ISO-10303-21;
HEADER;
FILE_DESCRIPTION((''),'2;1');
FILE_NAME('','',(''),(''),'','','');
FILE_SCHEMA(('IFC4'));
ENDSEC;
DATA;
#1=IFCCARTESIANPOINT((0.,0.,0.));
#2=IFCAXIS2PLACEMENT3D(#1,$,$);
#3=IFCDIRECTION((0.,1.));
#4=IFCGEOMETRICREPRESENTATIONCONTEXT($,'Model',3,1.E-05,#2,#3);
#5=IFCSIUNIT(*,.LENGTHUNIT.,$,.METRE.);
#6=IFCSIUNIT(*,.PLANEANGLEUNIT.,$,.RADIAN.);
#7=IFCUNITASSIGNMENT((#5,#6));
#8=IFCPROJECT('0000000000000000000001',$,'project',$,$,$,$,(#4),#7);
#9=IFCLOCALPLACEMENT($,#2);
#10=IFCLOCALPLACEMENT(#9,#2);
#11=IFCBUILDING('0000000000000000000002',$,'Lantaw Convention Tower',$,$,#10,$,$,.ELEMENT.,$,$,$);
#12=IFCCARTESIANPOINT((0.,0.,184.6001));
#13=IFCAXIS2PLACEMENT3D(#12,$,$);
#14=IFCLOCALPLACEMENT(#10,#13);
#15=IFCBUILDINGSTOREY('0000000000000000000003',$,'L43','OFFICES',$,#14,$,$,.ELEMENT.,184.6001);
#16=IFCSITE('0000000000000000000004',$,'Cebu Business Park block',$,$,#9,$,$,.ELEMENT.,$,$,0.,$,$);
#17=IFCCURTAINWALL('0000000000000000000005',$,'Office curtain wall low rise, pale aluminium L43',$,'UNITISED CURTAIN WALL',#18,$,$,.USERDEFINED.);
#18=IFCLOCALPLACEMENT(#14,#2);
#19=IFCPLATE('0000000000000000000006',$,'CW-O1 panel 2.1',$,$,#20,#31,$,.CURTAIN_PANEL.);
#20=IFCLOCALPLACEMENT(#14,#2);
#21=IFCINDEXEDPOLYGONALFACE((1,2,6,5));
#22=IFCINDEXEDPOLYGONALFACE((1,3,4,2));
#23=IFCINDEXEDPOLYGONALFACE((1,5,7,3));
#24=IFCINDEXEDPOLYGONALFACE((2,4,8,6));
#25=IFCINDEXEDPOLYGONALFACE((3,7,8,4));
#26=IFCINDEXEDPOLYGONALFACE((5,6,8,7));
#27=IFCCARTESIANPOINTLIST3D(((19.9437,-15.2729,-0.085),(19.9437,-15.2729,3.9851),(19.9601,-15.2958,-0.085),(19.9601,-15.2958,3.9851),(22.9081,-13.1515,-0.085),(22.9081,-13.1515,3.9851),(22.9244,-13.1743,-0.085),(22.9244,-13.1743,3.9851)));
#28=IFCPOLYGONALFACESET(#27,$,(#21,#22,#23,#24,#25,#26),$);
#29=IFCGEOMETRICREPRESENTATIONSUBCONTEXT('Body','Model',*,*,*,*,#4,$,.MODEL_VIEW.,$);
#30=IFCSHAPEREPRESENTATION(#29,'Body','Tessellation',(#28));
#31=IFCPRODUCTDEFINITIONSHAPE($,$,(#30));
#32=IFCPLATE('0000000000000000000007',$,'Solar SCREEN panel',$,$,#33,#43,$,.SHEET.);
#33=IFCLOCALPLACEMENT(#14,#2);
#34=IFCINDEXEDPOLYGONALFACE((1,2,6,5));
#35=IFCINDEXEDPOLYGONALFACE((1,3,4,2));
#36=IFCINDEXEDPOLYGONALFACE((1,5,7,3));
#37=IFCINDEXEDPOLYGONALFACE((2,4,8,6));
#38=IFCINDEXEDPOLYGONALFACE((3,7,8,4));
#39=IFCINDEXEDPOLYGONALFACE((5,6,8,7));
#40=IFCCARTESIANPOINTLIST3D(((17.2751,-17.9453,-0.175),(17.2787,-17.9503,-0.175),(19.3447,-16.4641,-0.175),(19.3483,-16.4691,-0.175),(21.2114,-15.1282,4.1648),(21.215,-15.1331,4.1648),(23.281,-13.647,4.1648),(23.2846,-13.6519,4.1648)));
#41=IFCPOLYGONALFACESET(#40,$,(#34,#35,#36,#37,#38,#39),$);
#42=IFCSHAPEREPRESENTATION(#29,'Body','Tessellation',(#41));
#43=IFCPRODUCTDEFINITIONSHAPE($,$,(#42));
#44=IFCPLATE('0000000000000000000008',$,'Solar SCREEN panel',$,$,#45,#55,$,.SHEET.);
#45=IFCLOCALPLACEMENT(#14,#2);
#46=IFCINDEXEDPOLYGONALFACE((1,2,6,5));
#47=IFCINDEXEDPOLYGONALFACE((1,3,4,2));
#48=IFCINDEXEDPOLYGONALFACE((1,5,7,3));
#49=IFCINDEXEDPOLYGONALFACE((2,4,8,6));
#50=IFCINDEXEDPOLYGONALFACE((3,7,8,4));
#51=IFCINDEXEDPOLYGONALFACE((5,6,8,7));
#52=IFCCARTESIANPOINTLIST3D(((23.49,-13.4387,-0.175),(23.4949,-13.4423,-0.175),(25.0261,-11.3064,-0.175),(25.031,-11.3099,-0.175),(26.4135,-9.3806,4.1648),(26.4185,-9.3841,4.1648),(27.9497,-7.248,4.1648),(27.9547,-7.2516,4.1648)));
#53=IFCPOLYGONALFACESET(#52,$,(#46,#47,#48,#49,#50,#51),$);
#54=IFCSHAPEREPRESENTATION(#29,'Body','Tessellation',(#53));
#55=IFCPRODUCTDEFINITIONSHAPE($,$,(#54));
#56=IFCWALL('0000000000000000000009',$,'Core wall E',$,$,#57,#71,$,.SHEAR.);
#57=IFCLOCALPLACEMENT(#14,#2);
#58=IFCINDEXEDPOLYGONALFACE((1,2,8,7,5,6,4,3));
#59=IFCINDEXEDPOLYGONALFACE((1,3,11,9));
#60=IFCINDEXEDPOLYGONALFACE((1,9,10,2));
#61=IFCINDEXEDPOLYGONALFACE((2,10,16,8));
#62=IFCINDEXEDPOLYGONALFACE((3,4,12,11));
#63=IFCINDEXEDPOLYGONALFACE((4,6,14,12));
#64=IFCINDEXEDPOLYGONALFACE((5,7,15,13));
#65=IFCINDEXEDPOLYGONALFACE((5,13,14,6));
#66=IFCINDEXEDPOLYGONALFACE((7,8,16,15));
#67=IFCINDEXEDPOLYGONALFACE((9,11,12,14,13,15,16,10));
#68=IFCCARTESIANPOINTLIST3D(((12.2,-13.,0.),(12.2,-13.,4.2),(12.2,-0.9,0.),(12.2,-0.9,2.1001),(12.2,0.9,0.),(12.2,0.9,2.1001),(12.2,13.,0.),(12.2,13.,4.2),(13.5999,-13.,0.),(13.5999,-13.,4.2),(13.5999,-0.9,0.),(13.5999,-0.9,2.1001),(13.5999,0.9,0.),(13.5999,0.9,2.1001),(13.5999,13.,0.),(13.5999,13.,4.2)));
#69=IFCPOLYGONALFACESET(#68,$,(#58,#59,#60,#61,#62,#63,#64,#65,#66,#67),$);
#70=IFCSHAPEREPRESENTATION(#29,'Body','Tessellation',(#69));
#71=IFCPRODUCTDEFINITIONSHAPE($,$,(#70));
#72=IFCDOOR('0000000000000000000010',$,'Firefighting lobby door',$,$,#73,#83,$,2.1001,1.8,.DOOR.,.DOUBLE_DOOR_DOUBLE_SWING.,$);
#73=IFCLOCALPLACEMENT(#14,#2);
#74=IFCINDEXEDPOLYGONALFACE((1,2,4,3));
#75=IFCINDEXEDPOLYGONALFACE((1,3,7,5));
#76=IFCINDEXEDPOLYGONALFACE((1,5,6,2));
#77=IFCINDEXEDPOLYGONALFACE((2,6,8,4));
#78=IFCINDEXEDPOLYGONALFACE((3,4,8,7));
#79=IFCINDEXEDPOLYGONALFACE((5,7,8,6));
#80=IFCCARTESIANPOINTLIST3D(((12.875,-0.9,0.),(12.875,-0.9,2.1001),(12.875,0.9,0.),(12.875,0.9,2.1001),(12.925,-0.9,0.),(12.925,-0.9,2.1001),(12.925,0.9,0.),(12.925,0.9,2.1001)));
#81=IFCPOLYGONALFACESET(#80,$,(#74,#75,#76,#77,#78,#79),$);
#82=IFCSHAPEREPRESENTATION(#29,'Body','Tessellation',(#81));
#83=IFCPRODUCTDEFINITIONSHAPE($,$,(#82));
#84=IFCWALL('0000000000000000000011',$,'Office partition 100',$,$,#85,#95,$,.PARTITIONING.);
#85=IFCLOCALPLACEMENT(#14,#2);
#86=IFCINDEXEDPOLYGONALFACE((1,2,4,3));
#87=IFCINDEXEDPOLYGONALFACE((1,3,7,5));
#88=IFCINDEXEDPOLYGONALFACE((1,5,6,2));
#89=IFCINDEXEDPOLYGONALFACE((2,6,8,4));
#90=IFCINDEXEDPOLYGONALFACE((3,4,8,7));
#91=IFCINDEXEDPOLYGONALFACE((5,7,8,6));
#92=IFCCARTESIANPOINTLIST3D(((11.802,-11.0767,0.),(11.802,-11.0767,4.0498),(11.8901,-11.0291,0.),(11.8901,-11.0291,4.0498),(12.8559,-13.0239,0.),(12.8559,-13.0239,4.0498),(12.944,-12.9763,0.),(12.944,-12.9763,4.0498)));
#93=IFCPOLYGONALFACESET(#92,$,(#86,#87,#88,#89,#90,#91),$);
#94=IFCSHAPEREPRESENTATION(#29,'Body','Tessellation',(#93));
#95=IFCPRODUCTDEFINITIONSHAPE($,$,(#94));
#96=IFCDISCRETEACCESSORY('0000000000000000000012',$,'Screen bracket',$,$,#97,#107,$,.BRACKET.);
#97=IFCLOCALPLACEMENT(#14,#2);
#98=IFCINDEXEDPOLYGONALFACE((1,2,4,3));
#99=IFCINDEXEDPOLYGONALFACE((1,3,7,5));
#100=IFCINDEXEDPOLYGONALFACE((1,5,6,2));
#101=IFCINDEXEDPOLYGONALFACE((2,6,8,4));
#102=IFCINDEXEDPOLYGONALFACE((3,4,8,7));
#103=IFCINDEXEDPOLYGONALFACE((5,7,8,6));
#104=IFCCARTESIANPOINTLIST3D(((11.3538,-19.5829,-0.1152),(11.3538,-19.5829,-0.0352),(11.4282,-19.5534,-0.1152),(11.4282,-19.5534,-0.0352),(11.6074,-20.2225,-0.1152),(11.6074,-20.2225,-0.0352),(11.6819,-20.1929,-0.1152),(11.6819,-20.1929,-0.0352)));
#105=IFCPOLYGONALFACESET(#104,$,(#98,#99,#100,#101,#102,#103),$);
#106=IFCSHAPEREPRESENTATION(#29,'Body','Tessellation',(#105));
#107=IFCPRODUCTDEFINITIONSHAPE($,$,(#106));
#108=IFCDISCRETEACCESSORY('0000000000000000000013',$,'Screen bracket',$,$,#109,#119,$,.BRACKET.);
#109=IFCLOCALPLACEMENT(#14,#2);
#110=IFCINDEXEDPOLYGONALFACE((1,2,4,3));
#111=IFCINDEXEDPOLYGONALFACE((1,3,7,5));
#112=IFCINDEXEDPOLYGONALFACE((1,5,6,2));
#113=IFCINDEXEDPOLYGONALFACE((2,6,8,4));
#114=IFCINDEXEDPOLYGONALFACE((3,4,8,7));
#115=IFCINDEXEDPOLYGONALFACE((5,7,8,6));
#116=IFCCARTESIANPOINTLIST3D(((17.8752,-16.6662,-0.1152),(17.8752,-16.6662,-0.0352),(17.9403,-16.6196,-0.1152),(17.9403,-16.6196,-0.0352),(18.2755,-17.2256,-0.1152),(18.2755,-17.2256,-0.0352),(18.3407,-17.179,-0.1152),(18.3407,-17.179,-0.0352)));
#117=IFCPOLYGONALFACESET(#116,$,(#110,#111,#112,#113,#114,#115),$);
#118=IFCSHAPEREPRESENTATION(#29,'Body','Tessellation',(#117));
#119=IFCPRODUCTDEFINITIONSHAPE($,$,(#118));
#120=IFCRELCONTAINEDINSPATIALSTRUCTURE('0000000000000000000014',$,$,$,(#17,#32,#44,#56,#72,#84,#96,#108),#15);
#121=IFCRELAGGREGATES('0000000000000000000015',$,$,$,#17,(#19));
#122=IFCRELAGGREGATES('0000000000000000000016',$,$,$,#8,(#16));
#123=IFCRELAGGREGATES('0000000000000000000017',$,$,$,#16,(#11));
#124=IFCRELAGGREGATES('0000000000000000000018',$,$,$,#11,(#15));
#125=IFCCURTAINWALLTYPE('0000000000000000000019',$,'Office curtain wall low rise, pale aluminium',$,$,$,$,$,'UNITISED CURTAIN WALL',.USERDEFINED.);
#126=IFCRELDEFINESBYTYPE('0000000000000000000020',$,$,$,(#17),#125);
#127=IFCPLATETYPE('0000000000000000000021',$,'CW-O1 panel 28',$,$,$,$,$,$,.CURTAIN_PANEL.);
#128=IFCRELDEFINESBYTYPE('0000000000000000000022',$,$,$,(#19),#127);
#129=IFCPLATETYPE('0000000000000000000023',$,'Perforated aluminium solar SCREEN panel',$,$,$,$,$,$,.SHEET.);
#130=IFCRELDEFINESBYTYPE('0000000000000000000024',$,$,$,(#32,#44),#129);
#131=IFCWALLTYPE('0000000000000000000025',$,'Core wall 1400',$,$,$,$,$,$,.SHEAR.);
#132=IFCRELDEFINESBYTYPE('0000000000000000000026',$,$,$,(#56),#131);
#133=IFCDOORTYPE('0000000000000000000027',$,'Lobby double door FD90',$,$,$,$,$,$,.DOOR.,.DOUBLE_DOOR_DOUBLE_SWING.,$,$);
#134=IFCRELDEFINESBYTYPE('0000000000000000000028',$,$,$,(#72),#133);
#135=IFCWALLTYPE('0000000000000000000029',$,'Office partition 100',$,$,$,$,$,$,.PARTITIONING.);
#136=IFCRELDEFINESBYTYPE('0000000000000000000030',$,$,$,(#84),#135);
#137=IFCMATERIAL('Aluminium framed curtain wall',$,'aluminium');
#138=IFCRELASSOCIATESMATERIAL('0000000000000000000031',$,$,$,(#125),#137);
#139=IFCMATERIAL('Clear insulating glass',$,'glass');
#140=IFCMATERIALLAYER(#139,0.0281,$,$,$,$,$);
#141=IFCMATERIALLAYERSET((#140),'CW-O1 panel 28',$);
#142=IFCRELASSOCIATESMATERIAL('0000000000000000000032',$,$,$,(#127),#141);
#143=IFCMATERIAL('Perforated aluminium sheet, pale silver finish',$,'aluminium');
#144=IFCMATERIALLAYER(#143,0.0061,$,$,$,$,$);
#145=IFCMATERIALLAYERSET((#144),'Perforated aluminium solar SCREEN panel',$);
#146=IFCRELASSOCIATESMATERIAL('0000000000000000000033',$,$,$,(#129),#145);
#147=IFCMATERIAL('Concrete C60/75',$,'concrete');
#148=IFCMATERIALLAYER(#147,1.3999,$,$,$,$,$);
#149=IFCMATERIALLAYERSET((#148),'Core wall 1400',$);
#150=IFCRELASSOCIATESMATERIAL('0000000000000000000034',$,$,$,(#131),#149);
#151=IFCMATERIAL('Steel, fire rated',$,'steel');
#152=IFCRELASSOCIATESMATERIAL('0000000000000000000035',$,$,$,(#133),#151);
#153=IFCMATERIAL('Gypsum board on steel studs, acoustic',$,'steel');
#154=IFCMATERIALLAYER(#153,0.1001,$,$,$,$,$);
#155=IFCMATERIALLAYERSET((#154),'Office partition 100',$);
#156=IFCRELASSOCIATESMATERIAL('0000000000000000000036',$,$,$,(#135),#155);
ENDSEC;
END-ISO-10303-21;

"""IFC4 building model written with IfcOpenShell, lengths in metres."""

from ifc_helpers import new_model, si_unit, direction, frame, frame_2d, origin, origin_2d, place, context, subcontext, project, spatial, polyline, rectangle, outline, extrude, material, layer, layer_set, type_object, element, fill, aggregate, save


model = new_model("IFC4")

# Units and contexts
model_context = context("Model", 3, precision=1e-05, world=origin(), true_north=direction((0.0, 1.0)))
body_context = subcontext(model_context, "Body", "Model", "MODEL_VIEW")
ifc_project = project(units=[si_unit("LENGTHUNIT", "METRE"), si_unit("PLANEANGLEUNIT", "RADIAN")], contexts=[model_context])

# Site, building, storey
site_placement = place(None, origin())
site = spatial("IfcSite", under=ifc_project, at=site_placement, Name="Cebu Business Park block", CompositionType="ELEMENT", RefElevation=0.0)
building_placement = place(site_placement, origin())
building = spatial("IfcBuilding", under=site, at=building_placement, Name="Lantaw Convention Tower", CompositionType="ELEMENT")
storey_placement = place(building_placement, frame((0.0, 0.0, 184.6001)))
storey = spatial("IfcBuildingStorey", under=building, at=storey_placement, Name="L43", Description="OFFICES", CompositionType="ELEMENT", Elevation=184.6001)

# Shared definitions
ifc_material_1 = material(Name="Concrete C60/75", Category="concrete")

# Curtain wall
ifc_material_2 = material(Name="Aluminium framed curtain wall", Category="aluminium")
curtain_wall_type = type_object("IfcCurtainWallType", Name="Office curtain wall low rise, pale aluminium", ElementType="UNITISED CURTAIN WALL", PredefinedType="USERDEFINED", material=ifc_material_2)
curtain_wall_1_placement = place(storey_placement, origin())
curtain_wall_1 = element("IfcCurtainWall", 1, at=curtain_wall_1_placement, inside=storey, type_object=curtain_wall_type, Name="Office curtain wall low rise, pale aluminium L43", ObjectType="UNITISED CURTAIN WALL", PredefinedType="USERDEFINED")

# Plate
ifc_material_3 = material(Name="Clear insulating glass", Category="glass")
ifc_layer_1 = layer(ifc_material_3, 0.0281)
ifc_layer_set_1 = layer_set([ifc_layer_1], Name="CW-O1 panel 28")
plate_type_1 = type_object("IfcPlateType", Name="CW-O1 panel 28", PredefinedType="CURTAIN_PANEL", material=ifc_layer_set_1)
plate_1_placement = place(storey_placement, frame((21.4341, -14.2236, -0.085), z_axis=(0.0, 0.0, 1.0), x_axis=(0.813208, 0.581973, 0.0)))
plate_1 = element("IfcPlate", 2, at=plate_1_placement, type_object=plate_type_1, Name="CW-O1 panel 2.1", PredefinedType="CURTAIN_PANEL", context=body_context, shape_type="SweptSolid", body=[
    extrude(rectangle(XDim=3.6453, YDim=0.0281, at=origin_2d()), origin(), (0.0, 0.0, 1.0), 4.0701),
])
aggregate(curtain_wall_1, [plate_1])

# Plates
ifc_material_4 = material(Name="Perforated aluminium sheet, pale silver finish", Category="aluminium")
ifc_layer_2 = layer(ifc_material_4, 0.0061)
ifc_layer_set_2 = layer_set([ifc_layer_2], Name="Perforated aluminium solar SCREEN panel")
plate_type_2 = type_object("IfcPlateType", Name="Perforated aluminium solar SCREEN panel", PredefinedType="SHEET", material=ifc_layer_set_2)
plate_2_placement = place(storey_placement, frame((17.2751, -17.9453, -0.175), z_axis=(-0.582, 0.813189, 0.000012), x_axis=(0.813189, 0.582, 0.0)))
element("IfcPlate", 3, at=plate_2_placement, inside=storey, type_object=plate_type_2, Name="Solar SCREEN panel", PredefinedType="SHEET", context=body_context, shape_type="SweptSolid", body=[
    extrude(outline(polyline([(0.0, 0.0), (2.545, 0.0), (7.3855, -4.3398), (4.8405, -4.3398), (0.0, 0.0)])), origin(), (0.0, 0.0, -1.0), 0.0061),
])
plate_3_placement = place(storey_placement, frame((23.49, -13.4387, -0.175), z_axis=(-0.811395, 0.584498, 0.000036), x_axis=(0.584498, 0.811395, 0.0)))
element("IfcPlate", 4, at=plate_3_placement, inside=storey, type_object=plate_type_2, Name="Solar SCREEN panel", PredefinedType="SHEET", context=body_context, shape_type="SweptSolid", body=[
    extrude(outline(polyline([(0.0, 0.0), (2.628, 0.0), (7.6298, -4.3398), (5.0016, -4.3398), (0.0, 0.0)])), origin(), (0.0, 0.0, -1.0), 0.0061),
])

# Wall, opening, door
ifc_layer_3 = layer(ifc_material_1, 1.3999)
ifc_layer_set_3 = layer_set([ifc_layer_3], Name="Core wall 1400")
wall_type_1 = type_object("IfcWallType", Name="Core wall 1400", PredefinedType="SHEAR", material=ifc_layer_set_3)
wall_1_placement = place(storey_placement, frame((12.8999, -13.0, 0.0), z_axis=(0.0, 0.0, 1.0), x_axis=(0.0, 1.0, 0.0)))
wall_1 = element("IfcWall", 5, at=wall_1_placement, inside=storey, type_object=wall_type_1, Name="Core wall E", PredefinedType="SHEAR", context=body_context, shape_type="SweptSolid", body=[
    extrude(rectangle(XDim=26.0, YDim=1.3999, at=frame_2d((13.0, 0.0))), origin(), (0.0, 0.0, 1.0), 4.2),
])
opening_placement = place(wall_1_placement, frame((12.1001, 0.0, 0.0)))
opening = element("IfcOpeningElement", 6, at=opening_placement, cuts=wall_1, PredefinedType="OPENING", context=body_context, shape_type="SweptSolid", body=[
    extrude(rectangle(XDim=1.8, YDim=2.1001, at=frame_2d((0.8999, 1.05))), frame((0.0, 0.71, 0.0), z_axis=(0.0, -1.0, 0.0), x_axis=(1.0, 0.0, 0.0)), (0.0, 0.0, 1.0), 1.4199),
])
ifc_material_5 = material(Name="Steel, fire rated", Category="steel")
door_type = type_object("IfcDoorType", Name="Lobby double door FD90", OperationType="DOUBLE_DOOR_DOUBLE_SWING", PredefinedType="DOOR", material=ifc_material_5)
door_placement = place(opening_placement, origin())
door = element("IfcDoor", 7, at=door_placement, inside=storey, type_object=door_type, Name="Firefighting lobby door", OperationType="DOUBLE_DOOR_DOUBLE_SWING", OverallHeight=2.1001, OverallWidth=1.8, PredefinedType="DOOR", context=body_context, shape_type="SweptSolid", body=[
    extrude(rectangle(XDim=1.8, YDim=2.1001, at=frame_2d((0.8999, 1.05))), frame((0.0, 0.0249, 0.0), z_axis=(0.0, -1.0, 0.0), x_axis=(1.0, 0.0, 0.0)), (0.0, 0.0, 1.0), 0.05),
])
fill(opening, door)

# Wall
ifc_material_6 = material(Name="Gypsum board on steel studs, acoustic", Category="steel")
ifc_layer_4 = layer(ifc_material_6, 0.1001)
ifc_layer_set_4 = layer_set([ifc_layer_4], Name="Office partition 100")
wall_type_2 = type_object("IfcWallType", Name="Office partition 100", PredefinedType="PARTITIONING", material=ifc_layer_set_4)
wall_2_placement = place(storey_placement, frame((12.8999, -13.0, 0.0), z_axis=(0.0, 0.0, 1.0), x_axis=(-0.475999, 0.879446, 0.0)))
element("IfcWall", 8, at=wall_2_placement, inside=storey, type_object=wall_type_2, Name="Office partition 100", PredefinedType="PARTITIONING", context=body_context, shape_type="SweptSolid", body=[
    extrude(rectangle(XDim=2.2141, YDim=0.1001, at=frame_2d((1.1069, 0.0))), origin(), (0.0, 0.0, 1.0), 4.0498),
])

# Discrete accessories
for number, where, z_axis, x_axis, name in (
    (9, (11.5178, -19.8879, -0.1152), (0.0, 0.0, 1.0), (0.929548, 0.368702, 0.0), "Screen bracket"),
    (10, (18.1079, -16.9226, -0.1152), (0.0, 0.0, 1.0), (0.813208, 0.581973, 0.0), "Screen bracket"),
):
    element("IfcDiscreteAccessory", number, at=place(storey_placement, frame(where, z_axis=z_axis, x_axis=x_axis)), inside=storey, Name=name, PredefinedType="BRACKET", context=body_context, shape_type="SweptSolid", body=[
        extrude(rectangle(XDim=0.0801, YDim=0.688, at=origin_2d()), origin(), (0.0, 0.0, 1.0), 0.0801),
    ])

save(model, "model.ifc")
